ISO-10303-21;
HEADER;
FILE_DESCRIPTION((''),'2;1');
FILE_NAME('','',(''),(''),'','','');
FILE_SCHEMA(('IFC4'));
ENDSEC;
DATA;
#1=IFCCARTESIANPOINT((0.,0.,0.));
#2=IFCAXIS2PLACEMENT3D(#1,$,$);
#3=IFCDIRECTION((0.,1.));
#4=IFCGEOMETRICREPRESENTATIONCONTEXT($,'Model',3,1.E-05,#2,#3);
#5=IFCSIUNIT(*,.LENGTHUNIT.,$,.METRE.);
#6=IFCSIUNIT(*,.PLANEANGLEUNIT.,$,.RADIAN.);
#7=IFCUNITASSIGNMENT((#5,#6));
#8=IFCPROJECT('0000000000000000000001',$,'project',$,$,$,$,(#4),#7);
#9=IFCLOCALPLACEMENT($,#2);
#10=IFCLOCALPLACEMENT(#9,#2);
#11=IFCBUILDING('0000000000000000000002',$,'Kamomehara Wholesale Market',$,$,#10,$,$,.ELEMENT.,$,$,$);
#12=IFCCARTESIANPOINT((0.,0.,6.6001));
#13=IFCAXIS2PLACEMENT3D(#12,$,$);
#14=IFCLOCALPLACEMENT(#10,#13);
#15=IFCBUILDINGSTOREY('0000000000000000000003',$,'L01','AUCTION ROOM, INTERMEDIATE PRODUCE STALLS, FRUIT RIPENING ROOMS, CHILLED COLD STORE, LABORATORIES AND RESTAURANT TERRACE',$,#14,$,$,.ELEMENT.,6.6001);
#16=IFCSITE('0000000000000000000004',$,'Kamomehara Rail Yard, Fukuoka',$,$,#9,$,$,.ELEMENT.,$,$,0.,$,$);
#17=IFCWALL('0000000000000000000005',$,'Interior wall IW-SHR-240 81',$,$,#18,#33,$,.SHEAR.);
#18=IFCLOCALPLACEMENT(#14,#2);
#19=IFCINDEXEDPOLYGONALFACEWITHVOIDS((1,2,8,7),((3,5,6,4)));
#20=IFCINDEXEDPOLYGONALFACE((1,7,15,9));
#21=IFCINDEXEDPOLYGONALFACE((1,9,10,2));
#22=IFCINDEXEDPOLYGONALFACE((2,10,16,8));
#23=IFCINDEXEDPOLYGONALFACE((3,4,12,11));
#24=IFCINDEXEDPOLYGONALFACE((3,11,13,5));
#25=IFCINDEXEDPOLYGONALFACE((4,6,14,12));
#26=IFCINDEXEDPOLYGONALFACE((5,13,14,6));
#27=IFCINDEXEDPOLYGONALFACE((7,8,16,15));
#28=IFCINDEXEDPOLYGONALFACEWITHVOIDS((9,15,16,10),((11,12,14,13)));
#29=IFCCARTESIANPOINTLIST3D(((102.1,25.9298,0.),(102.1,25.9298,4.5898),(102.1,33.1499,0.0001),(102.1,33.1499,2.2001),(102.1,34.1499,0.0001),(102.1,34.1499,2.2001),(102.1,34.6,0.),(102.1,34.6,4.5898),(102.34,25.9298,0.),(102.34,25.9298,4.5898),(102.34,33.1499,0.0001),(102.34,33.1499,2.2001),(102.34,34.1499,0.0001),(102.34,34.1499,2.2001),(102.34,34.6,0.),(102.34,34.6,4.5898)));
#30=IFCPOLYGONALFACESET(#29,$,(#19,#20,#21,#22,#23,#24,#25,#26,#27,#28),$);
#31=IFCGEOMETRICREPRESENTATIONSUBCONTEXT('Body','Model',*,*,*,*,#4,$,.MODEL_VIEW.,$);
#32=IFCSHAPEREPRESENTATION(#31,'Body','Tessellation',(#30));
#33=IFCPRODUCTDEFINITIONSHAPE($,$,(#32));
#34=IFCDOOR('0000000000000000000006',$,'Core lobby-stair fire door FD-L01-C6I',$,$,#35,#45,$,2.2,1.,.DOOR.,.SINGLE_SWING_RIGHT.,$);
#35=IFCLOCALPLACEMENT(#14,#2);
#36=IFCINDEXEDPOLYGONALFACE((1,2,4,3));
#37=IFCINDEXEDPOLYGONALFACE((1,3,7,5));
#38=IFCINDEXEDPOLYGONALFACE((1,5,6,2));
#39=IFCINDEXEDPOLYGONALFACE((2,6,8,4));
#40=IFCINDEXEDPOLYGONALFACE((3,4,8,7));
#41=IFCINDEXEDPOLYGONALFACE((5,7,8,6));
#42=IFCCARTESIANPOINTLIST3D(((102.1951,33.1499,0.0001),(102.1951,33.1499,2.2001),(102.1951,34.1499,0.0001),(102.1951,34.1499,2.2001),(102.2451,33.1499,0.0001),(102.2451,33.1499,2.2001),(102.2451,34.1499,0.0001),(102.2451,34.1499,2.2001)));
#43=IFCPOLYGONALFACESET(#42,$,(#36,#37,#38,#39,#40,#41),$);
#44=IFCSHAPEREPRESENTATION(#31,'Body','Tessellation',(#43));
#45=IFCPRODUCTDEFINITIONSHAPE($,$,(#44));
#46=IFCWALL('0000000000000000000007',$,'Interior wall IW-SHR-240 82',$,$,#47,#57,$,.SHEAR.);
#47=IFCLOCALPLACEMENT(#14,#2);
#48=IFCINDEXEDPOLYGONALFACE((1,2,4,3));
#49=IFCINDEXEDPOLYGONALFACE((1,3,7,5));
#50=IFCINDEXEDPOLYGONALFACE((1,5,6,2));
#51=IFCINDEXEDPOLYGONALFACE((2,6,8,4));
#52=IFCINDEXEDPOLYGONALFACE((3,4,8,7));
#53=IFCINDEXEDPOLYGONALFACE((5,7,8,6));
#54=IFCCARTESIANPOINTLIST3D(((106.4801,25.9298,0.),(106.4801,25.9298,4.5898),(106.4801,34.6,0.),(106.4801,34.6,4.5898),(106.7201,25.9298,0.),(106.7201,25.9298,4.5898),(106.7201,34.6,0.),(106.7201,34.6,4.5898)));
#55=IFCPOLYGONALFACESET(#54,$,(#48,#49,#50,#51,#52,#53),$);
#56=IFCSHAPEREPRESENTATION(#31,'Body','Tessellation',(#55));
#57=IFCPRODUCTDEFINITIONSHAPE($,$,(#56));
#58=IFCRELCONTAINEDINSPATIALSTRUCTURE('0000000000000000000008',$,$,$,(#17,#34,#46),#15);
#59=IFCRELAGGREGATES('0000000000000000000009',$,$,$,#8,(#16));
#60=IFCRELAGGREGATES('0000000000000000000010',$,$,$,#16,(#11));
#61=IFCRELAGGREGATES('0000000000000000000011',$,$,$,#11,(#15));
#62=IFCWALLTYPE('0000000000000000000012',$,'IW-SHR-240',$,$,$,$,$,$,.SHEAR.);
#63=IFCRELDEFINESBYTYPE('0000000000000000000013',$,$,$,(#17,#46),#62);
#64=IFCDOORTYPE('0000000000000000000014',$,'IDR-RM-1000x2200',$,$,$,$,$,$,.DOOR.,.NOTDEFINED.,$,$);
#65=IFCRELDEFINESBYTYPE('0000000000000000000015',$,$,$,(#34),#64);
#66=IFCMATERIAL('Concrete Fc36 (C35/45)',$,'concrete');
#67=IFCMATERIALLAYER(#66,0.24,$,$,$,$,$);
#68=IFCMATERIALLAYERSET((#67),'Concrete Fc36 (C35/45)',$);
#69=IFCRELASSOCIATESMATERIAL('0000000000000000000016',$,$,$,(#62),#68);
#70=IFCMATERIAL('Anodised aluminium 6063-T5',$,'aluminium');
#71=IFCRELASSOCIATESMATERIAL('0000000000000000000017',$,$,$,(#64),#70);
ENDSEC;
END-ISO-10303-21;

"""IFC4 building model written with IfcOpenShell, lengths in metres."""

from ifc_helpers import new_model, si_unit, direction, frame, frame_2d, origin, place, context, subcontext, project, spatial, rectangle, extrude, material, layer, layer_set, type_object, element, fill, save


model = new_model("IFC4")

# Units and contexts
model_context = context("Model", 3, precision=1e-05, world=origin(), true_north=direction((0.0, 1.0)))
body_context = subcontext(model_context, "Body", "Model", "MODEL_VIEW")
ifc_project = project(units=[si_unit("LENGTHUNIT", "METRE"), si_unit("PLANEANGLEUNIT", "RADIAN")], contexts=[model_context])

# Site, building, storey
site_placement = place(None, origin())
site = spatial("IfcSite", under=ifc_project, at=site_placement, Name="Kamomehara Rail Yard, Fukuoka", CompositionType="ELEMENT", RefElevation=0.0)
building_placement = place(site_placement, origin())
building = spatial("IfcBuilding", under=site, at=building_placement, Name="Kamomehara Wholesale Market", CompositionType="ELEMENT")
storey_placement = place(building_placement, frame((0.0, 0.0, 6.6001)))
storey = spatial("IfcBuildingStorey", under=building, at=storey_placement, Name="L01", Description="AUCTION ROOM, INTERMEDIATE PRODUCE STALLS, FRUIT RIPENING ROOMS, CHILLED COLD STORE, LABORATORIES AND RESTAURANT TERRACE", CompositionType="ELEMENT", Elevation=6.6001)

# Wall, opening, door
ifc_material_1 = material(Name="Concrete Fc36 (C35/45)", Category="concrete")
ifc_layer_1 = layer(ifc_material_1, 0.24)
ifc_layer_set_1 = layer_set([ifc_layer_1], Name="Concrete Fc36 (C35/45)")
wall_type_1 = type_object("IfcWallType", Name="IW-SHR-240", PredefinedType="SHEAR", material=ifc_layer_set_1)
wall_1_placement = place(storey_placement, frame((102.22, 25.9299, 0.0), z_axis=(0.0, 0.0, 1.0), x_axis=(0.0, 1.0, 0.0)))
wall_1 = element("IfcWall", 1, at=wall_1_placement, inside=storey, type_object=wall_type_1, Name="Interior wall IW-SHR-240 81", PredefinedType="SHEAR", context=body_context, shape_type="SweptSolid", body=[
    extrude(rectangle(XDim=8.6702, YDim=0.24, at=frame_2d((4.335, 0.0))), origin(), (0.0, 0.0, 1.0), 4.5898),
])
opening_1_placement = place(wall_1_placement, frame((7.22, 0.0, 0.0)))
opening_1 = element("IfcOpeningElement", 2, at=opening_1_placement, cuts=wall_1, PredefinedType="OPENING", context=body_context, shape_type="SweptSolid", body=[
    extrude(rectangle(XDim=1.0, YDim=2.2, at=frame_2d((0.5, 1.1001))), frame((0.0, 0.1348, 0.0), z_axis=(0.0, -1.0, 0.0), x_axis=(1.0, 0.0, 0.0)), (0.0, 0.0, 1.0), 0.2698),
])
ifc_material_2 = material(Name="Anodised aluminium 6063-T5", Category="aluminium")
door_type_1 = type_object("IfcDoorType", Name="IDR-RM-1000x2200", OperationType="NOTDEFINED", PredefinedType="DOOR", material=ifc_material_2)
door_1_placement = place(opening_1_placement, origin())
door_1 = element("IfcDoor", 3, at=door_1_placement, inside=storey, type_object=door_type_1, Name="Core lobby-stair fire door FD-L01-C6I", OperationType="SINGLE_SWING_RIGHT", OverallHeight=2.2, OverallWidth=1.0, PredefinedType="DOOR", context=body_context, shape_type="SweptSolid", body=[
    extrude(rectangle(XDim=1.0, YDim=2.2, at=frame_2d((0.5, 1.1001))), frame((0.0, 0.0249, 0.0), z_axis=(0.0, -1.0, 0.0), x_axis=(1.0, 0.0, 0.0)), (0.0, 0.0, 1.0), 0.05),
])
fill(opening_1, door_1)

# Wall
wall_2_placement = place(storey_placement, frame((106.6001, 25.9299, 0.0), z_axis=(0.0, 0.0, 1.0), x_axis=(0.0, 1.0, 0.0)))
element("IfcWall", 4, at=wall_2_placement, inside=storey, type_object=wall_type_1, Name="Interior wall IW-SHR-240 82", PredefinedType="SHEAR", context=body_context, shape_type="SweptSolid", body=[
    extrude(rectangle(XDim=8.6702, YDim=0.24, at=frame_2d((4.335, 0.0))), origin(), (0.0, 0.0, 1.0), 4.5898),
])

save(model, "model.ifc")
